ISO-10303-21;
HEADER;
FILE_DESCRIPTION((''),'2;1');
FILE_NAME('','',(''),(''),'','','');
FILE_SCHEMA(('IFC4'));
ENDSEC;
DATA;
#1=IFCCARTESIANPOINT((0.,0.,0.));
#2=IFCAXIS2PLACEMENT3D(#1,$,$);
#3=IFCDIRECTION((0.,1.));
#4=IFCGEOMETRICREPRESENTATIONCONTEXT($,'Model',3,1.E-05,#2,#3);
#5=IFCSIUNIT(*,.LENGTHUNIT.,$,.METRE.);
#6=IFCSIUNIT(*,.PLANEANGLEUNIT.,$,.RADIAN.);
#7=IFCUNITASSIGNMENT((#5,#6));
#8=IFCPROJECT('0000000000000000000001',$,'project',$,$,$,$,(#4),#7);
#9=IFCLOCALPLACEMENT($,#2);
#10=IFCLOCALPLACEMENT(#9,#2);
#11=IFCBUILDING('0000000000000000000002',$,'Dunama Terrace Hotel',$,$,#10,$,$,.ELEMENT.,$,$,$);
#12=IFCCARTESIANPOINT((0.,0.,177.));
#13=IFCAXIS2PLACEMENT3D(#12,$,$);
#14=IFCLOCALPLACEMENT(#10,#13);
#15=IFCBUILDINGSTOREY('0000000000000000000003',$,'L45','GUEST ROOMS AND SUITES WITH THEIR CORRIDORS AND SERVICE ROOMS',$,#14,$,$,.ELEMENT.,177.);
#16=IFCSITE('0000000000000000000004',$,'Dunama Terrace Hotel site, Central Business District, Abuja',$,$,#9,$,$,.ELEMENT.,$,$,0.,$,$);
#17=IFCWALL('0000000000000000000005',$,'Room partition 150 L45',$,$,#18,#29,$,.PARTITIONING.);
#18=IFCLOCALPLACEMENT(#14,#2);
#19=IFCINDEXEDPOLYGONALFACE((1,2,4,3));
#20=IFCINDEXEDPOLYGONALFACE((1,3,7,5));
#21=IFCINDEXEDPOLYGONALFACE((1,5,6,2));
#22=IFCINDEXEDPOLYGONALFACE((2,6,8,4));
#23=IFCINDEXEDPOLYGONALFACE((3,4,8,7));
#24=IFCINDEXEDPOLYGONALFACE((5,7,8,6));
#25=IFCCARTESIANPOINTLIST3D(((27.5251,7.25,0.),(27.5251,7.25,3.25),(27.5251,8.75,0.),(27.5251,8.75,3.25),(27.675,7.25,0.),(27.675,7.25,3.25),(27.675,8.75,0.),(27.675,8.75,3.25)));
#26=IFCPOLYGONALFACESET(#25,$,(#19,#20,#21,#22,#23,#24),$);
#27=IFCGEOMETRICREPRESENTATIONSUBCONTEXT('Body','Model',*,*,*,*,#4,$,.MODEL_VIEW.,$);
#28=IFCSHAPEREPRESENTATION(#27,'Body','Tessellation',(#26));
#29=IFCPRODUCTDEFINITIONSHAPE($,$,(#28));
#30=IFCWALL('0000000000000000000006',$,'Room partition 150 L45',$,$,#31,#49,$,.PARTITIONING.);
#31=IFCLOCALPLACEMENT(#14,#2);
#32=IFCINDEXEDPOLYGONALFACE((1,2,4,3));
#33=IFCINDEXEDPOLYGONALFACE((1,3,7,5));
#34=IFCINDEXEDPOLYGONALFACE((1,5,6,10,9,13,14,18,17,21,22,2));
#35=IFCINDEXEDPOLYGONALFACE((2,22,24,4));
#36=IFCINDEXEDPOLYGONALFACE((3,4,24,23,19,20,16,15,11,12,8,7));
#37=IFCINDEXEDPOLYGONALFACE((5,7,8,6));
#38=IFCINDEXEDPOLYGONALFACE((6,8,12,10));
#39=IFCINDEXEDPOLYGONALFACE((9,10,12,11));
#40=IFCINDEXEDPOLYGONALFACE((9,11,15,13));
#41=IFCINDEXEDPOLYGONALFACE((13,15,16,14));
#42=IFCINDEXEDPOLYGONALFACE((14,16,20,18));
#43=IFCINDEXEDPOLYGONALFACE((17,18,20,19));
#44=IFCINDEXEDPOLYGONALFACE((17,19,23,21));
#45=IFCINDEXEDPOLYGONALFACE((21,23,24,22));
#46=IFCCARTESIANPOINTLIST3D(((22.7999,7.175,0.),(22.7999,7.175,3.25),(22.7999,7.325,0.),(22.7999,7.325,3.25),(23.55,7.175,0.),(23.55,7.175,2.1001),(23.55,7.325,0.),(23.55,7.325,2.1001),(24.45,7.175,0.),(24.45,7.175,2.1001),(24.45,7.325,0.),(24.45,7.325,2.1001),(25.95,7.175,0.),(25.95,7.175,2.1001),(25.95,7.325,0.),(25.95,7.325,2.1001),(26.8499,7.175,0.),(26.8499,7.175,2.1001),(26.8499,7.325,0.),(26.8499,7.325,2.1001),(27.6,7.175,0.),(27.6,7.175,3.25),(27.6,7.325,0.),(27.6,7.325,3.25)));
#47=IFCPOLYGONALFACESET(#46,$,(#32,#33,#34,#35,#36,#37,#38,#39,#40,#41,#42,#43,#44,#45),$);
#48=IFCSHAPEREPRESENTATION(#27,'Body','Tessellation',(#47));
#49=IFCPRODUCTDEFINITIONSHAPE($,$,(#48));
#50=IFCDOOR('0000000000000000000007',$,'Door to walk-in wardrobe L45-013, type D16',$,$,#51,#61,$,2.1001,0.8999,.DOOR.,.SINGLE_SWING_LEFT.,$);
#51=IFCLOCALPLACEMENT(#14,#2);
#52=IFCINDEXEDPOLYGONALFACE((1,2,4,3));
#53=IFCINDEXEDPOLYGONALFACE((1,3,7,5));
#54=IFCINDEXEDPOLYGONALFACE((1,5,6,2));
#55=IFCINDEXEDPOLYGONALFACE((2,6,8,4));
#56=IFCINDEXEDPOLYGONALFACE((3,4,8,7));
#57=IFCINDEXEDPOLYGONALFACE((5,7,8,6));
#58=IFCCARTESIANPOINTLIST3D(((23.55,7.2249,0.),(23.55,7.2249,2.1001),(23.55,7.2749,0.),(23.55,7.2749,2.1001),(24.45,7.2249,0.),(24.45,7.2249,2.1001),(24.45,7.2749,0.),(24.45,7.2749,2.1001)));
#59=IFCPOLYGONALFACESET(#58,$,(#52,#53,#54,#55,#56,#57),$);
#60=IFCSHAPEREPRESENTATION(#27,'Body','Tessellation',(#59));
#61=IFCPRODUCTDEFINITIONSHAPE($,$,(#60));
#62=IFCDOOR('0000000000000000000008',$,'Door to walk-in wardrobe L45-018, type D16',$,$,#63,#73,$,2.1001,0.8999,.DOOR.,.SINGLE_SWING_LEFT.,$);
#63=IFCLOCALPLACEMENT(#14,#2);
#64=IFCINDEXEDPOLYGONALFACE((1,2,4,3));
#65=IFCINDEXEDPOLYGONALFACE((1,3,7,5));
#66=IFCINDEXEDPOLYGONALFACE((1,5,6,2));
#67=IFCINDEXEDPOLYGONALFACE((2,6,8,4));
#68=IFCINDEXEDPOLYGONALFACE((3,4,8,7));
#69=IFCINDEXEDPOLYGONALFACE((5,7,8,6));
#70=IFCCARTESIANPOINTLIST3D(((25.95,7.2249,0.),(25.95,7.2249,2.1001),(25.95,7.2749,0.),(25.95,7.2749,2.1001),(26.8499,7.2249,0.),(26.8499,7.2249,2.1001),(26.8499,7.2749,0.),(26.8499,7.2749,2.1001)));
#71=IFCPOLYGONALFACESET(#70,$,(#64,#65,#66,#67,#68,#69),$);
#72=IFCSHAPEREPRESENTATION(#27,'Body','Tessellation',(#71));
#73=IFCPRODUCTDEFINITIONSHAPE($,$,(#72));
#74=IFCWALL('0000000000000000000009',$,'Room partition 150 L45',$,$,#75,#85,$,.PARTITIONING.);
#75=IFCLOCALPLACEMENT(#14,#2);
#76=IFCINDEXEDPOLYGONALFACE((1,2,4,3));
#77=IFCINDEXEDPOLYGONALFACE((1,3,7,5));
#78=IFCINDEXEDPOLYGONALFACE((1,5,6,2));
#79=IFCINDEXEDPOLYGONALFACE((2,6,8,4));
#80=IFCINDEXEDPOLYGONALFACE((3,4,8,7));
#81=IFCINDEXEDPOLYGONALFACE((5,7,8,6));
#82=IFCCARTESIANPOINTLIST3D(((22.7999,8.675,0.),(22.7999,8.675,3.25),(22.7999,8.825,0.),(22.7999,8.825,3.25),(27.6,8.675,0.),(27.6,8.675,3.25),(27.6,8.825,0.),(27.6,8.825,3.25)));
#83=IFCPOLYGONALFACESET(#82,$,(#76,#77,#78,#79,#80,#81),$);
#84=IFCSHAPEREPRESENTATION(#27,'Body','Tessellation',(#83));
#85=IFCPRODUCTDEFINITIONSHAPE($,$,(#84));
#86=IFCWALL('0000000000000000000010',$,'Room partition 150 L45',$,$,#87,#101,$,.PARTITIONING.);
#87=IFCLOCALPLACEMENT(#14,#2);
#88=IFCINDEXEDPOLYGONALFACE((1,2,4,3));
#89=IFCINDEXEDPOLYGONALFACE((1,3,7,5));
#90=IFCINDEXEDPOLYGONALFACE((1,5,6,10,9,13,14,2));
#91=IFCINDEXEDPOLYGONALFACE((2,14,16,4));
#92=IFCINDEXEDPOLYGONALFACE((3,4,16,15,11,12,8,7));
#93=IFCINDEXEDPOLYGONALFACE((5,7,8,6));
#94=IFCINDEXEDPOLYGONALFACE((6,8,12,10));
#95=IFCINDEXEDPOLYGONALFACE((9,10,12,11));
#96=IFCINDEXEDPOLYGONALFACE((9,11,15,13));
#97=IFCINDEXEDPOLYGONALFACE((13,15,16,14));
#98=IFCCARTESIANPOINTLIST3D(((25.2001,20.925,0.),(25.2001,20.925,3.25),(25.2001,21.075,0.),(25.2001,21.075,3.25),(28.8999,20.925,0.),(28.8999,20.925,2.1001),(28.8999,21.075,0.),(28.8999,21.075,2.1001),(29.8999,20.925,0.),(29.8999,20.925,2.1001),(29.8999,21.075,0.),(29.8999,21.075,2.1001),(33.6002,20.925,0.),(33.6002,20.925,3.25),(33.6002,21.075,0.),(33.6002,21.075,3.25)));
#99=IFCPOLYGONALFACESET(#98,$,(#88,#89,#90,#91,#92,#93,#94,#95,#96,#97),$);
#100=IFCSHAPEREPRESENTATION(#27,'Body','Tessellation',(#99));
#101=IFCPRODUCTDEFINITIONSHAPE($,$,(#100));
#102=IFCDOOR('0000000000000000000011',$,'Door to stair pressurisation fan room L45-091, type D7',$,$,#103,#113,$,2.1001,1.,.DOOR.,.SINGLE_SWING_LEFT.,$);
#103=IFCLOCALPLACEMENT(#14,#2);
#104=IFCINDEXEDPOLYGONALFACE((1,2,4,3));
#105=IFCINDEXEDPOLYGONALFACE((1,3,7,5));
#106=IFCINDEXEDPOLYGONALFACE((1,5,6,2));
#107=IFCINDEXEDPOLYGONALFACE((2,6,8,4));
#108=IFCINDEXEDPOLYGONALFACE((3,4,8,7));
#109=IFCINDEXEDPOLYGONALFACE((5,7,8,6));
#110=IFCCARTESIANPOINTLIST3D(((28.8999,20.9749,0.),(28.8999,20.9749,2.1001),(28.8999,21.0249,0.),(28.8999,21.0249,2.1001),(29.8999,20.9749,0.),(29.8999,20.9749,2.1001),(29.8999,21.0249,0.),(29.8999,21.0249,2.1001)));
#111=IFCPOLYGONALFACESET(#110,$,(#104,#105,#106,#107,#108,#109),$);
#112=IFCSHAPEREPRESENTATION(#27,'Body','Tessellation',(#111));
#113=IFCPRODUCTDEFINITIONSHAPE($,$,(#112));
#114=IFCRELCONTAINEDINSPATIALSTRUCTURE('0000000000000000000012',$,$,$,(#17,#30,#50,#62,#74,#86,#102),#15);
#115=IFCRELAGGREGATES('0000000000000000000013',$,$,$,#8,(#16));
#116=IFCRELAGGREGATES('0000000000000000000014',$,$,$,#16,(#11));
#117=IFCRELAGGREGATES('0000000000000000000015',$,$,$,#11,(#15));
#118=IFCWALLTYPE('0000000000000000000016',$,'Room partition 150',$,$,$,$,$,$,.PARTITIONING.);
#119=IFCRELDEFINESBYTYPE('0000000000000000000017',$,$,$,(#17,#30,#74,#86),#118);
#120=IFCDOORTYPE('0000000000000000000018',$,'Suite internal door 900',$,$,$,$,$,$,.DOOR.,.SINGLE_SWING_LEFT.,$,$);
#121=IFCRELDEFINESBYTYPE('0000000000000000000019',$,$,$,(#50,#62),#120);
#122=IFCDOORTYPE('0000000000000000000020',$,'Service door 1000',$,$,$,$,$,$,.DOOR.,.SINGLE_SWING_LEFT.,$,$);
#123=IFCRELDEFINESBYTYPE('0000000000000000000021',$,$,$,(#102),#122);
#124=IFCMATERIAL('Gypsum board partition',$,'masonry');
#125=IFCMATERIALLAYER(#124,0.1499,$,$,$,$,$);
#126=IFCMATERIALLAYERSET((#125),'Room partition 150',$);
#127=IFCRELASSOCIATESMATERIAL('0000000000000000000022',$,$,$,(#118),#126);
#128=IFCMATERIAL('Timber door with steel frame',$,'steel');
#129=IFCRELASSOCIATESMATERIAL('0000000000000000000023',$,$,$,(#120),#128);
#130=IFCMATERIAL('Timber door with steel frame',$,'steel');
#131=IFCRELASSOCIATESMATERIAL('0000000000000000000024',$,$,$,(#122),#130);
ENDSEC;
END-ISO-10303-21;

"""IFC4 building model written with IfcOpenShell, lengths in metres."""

from ifc_helpers import new_model, si_unit, direction, frame, frame_2d, origin, place, context, subcontext, project, spatial, rectangle, extrude, material, layer, layer_set, type_object, element, fill, save


model = new_model("IFC4")

# Units and contexts
model_context = context("Model", 3, precision=1e-05, world=origin(), true_north=direction((0.0, 1.0)))
body_context = subcontext(model_context, "Body", "Model", "MODEL_VIEW")
ifc_project = project(units=[si_unit("LENGTHUNIT", "METRE"), si_unit("PLANEANGLEUNIT", "RADIAN")], contexts=[model_context])

# Site, building, storey
site_placement = place(None, origin())
site = spatial("IfcSite", under=ifc_project, at=site_placement, Name="Dunama Terrace Hotel site, Central Business District, Abuja", CompositionType="ELEMENT", RefElevation=0.0)
building_placement = place(site_placement, origin())
building = spatial("IfcBuilding", under=site, at=building_placement, Name="Dunama Terrace Hotel", CompositionType="ELEMENT")
storey_placement = place(building_placement, frame((0.0, 0.0, 177.0)))
storey = spatial("IfcBuildingStorey", under=building, at=storey_placement, Name="L45", Description="GUEST ROOMS AND SUITES WITH THEIR CORRIDORS AND SERVICE ROOMS", CompositionType="ELEMENT", Elevation=177.0)

# Wall
ifc_material_1 = material(Name="Gypsum board partition", Category="masonry")
ifc_layer_1 = layer(ifc_material_1, 0.1499)
ifc_layer_set_1 = layer_set([ifc_layer_1], Name="Room partition 150")
wall_type_1 = type_object("IfcWallType", Name="Room partition 150", PredefinedType="PARTITIONING", material=ifc_layer_set_1)
for number, where, z_axis, x_axis, name in (
    (1, (27.6001, 7.25, 0.0), (0.0, 0.0, 1.0), (0.0, 1.0, 0.0), "Room partition 150 L45"),
):
    element("IfcWall", number, at=place(storey_placement, frame(where, z_axis=z_axis, x_axis=x_axis)), inside=storey, type_object=wall_type_1, Name=name, PredefinedType="PARTITIONING", context=body_context, shape_type="SweptSolid", body=[
        extrude(rectangle(XDim=1.5, YDim=0.1499, at=frame_2d((0.75, 0.0))), origin(), (0.0, 0.0, 1.0), 3.25),
    ])

# Wall, openings, doors
wall_1_placement = place(storey_placement, frame((22.8, 7.25, 0.0), z_axis=(0.0, 0.0, 1.0), x_axis=(1.0, 0.0, 0.0)))
wall_1 = element("IfcWall", 2, at=wall_1_placement, inside=storey, type_object=wall_type_1, Name="Room partition 150 L45", PredefinedType="PARTITIONING", context=body_context, shape_type="SweptSolid", body=[
    extrude(rectangle(XDim=4.8, YDim=0.1499, at=frame_2d((2.3999, 0.0))), origin(), (0.0, 0.0, 1.0), 3.25),
])
opening_1_placement = place(wall_1_placement, frame((0.75, 0.0, 0.0)))
opening_1 = element("IfcOpeningElement", 3, at=opening_1_placement, cuts=wall_1, PredefinedType="OPENING", context=body_context, shape_type="SweptSolid", body=[
    extrude(rectangle(XDim=0.8999, YDim=2.1001, at=frame_2d((0.45, 1.05))), frame((0.0, 0.085, 0.0), z_axis=(0.0, -1.0, 0.0), x_axis=(1.0, 0.0, 0.0)), (0.0, 0.0, 1.0), 0.1699),
])
opening_2_placement = place(wall_1_placement, frame((3.1499, 0.0, 0.0)))
opening_2 = element("IfcOpeningElement", 4, at=opening_2_placement, cuts=wall_1, PredefinedType="OPENING", context=body_context, shape_type="SweptSolid", body=[
    extrude(rectangle(XDim=0.8999, YDim=2.1001, at=frame_2d((0.45, 1.05))), frame((0.0, 0.085, 0.0), z_axis=(0.0, -1.0, 0.0), x_axis=(1.0, 0.0, 0.0)), (0.0, 0.0, 1.0), 0.1699),
])
ifc_material_2 = material(Name="Timber door with steel frame", Category="steel")
door_type_1 = type_object("IfcDoorType", Name="Suite internal door 900", OperationType="SINGLE_SWING_LEFT", PredefinedType="DOOR", material=ifc_material_2)
door_1_placement = place(opening_1_placement, origin())
door_1 = element("IfcDoor", 5, at=door_1_placement, inside=storey, type_object=door_type_1, Name="Door to walk-in wardrobe L45-013, type D16", OperationType="SINGLE_SWING_LEFT", OverallHeight=2.1001, OverallWidth=0.8999, PredefinedType="DOOR", context=body_context, shape_type="SweptSolid", body=[
    extrude(rectangle(XDim=0.8999, YDim=2.1001, at=frame_2d((0.45, 1.05))), frame((0.0, 0.0249, 0.0), z_axis=(0.0, -1.0, 0.0), x_axis=(1.0, 0.0, 0.0)), (0.0, 0.0, 1.0), 0.05),
])
fill(opening_1, door_1)
door_2_placement = place(opening_2_placement, origin())
door_2 = element("IfcDoor", 6, at=door_2_placement, inside=storey, type_object=door_type_1, Name="Door to walk-in wardrobe L45-018, type D16", OperationType="SINGLE_SWING_LEFT", OverallHeight=2.1001, OverallWidth=0.8999, PredefinedType="DOOR", context=body_context, shape_type="SweptSolid", body=[
    extrude(rectangle(XDim=0.8999, YDim=2.1001, at=frame_2d((0.45, 1.05))), frame((0.0, 0.0249, 0.0), z_axis=(0.0, -1.0, 0.0), x_axis=(1.0, 0.0, 0.0)), (0.0, 0.0, 1.0), 0.05),
])
fill(opening_2, door_2)

# Wall
wall_2_placement = place(storey_placement, frame((22.8, 8.75, 0.0), z_axis=(0.0, 0.0, 1.0), x_axis=(1.0, 0.0, 0.0)))
element("IfcWall", 7, at=wall_2_placement, inside=storey, type_object=wall_type_1, Name="Room partition 150 L45", PredefinedType="PARTITIONING", context=body_context, shape_type="SweptSolid", body=[
    extrude(rectangle(XDim=4.8, YDim=0.1499, at=frame_2d((2.3999, 0.0))), origin(), (0.0, 0.0, 1.0), 3.25),
])

# Wall, opening, door
wall_3_placement = place(storey_placement, frame((25.2, 21.0, 0.0), z_axis=(0.0, 0.0, 1.0), x_axis=(1.0, 0.0, 0.0)))
wall_3 = element("IfcWall", 8, at=wall_3_placement, inside=storey, type_object=wall_type_1, Name="Room partition 150 L45", PredefinedType="PARTITIONING", context=body_context, shape_type="SweptSolid", body=[
    extrude(rectangle(XDim=8.4001, YDim=0.1499, at=frame_2d((4.2002, 0.0))), origin(), (0.0, 0.0, 1.0), 3.25),
])
opening_3_placement = place(wall_3_placement, frame((3.7, 0.0, 0.0)))
opening_3 = element("IfcOpeningElement", 9, at=opening_3_placement, cuts=wall_3, PredefinedType="OPENING", context=body_context, shape_type="SweptSolid", body=[
    extrude(rectangle(XDim=1.0, YDim=2.1001, at=frame_2d((0.5, 1.05))), frame((0.0, 0.085, 0.0), z_axis=(0.0, -1.0, 0.0), x_axis=(1.0, 0.0, 0.0)), (0.0, 0.0, 1.0), 0.1699),
])
ifc_material_3 = material(Name="Timber door with steel frame", Category="steel")
door_type_2 = type_object("IfcDoorType", Name="Service door 1000", OperationType="SINGLE_SWING_LEFT", PredefinedType="DOOR", material=ifc_material_3)
door_3_placement = place(opening_3_placement, origin())
door_3 = element("IfcDoor", 10, at=door_3_placement, inside=storey, type_object=door_type_2, Name="Door to stair pressurisation fan room L45-091, type D7", OperationType="SINGLE_SWING_LEFT", OverallHeight=2.1001, OverallWidth=1.0, PredefinedType="DOOR", context=body_context, shape_type="SweptSolid", body=[
    extrude(rectangle(XDim=1.0, YDim=2.1001, at=frame_2d((0.5, 1.05))), frame((0.0, 0.0249, 0.0), z_axis=(0.0, -1.0, 0.0), x_axis=(1.0, 0.0, 0.0)), (0.0, 0.0, 1.0), 0.05),
])
fill(opening_3, door_3)

save(model, "model.ifc")
